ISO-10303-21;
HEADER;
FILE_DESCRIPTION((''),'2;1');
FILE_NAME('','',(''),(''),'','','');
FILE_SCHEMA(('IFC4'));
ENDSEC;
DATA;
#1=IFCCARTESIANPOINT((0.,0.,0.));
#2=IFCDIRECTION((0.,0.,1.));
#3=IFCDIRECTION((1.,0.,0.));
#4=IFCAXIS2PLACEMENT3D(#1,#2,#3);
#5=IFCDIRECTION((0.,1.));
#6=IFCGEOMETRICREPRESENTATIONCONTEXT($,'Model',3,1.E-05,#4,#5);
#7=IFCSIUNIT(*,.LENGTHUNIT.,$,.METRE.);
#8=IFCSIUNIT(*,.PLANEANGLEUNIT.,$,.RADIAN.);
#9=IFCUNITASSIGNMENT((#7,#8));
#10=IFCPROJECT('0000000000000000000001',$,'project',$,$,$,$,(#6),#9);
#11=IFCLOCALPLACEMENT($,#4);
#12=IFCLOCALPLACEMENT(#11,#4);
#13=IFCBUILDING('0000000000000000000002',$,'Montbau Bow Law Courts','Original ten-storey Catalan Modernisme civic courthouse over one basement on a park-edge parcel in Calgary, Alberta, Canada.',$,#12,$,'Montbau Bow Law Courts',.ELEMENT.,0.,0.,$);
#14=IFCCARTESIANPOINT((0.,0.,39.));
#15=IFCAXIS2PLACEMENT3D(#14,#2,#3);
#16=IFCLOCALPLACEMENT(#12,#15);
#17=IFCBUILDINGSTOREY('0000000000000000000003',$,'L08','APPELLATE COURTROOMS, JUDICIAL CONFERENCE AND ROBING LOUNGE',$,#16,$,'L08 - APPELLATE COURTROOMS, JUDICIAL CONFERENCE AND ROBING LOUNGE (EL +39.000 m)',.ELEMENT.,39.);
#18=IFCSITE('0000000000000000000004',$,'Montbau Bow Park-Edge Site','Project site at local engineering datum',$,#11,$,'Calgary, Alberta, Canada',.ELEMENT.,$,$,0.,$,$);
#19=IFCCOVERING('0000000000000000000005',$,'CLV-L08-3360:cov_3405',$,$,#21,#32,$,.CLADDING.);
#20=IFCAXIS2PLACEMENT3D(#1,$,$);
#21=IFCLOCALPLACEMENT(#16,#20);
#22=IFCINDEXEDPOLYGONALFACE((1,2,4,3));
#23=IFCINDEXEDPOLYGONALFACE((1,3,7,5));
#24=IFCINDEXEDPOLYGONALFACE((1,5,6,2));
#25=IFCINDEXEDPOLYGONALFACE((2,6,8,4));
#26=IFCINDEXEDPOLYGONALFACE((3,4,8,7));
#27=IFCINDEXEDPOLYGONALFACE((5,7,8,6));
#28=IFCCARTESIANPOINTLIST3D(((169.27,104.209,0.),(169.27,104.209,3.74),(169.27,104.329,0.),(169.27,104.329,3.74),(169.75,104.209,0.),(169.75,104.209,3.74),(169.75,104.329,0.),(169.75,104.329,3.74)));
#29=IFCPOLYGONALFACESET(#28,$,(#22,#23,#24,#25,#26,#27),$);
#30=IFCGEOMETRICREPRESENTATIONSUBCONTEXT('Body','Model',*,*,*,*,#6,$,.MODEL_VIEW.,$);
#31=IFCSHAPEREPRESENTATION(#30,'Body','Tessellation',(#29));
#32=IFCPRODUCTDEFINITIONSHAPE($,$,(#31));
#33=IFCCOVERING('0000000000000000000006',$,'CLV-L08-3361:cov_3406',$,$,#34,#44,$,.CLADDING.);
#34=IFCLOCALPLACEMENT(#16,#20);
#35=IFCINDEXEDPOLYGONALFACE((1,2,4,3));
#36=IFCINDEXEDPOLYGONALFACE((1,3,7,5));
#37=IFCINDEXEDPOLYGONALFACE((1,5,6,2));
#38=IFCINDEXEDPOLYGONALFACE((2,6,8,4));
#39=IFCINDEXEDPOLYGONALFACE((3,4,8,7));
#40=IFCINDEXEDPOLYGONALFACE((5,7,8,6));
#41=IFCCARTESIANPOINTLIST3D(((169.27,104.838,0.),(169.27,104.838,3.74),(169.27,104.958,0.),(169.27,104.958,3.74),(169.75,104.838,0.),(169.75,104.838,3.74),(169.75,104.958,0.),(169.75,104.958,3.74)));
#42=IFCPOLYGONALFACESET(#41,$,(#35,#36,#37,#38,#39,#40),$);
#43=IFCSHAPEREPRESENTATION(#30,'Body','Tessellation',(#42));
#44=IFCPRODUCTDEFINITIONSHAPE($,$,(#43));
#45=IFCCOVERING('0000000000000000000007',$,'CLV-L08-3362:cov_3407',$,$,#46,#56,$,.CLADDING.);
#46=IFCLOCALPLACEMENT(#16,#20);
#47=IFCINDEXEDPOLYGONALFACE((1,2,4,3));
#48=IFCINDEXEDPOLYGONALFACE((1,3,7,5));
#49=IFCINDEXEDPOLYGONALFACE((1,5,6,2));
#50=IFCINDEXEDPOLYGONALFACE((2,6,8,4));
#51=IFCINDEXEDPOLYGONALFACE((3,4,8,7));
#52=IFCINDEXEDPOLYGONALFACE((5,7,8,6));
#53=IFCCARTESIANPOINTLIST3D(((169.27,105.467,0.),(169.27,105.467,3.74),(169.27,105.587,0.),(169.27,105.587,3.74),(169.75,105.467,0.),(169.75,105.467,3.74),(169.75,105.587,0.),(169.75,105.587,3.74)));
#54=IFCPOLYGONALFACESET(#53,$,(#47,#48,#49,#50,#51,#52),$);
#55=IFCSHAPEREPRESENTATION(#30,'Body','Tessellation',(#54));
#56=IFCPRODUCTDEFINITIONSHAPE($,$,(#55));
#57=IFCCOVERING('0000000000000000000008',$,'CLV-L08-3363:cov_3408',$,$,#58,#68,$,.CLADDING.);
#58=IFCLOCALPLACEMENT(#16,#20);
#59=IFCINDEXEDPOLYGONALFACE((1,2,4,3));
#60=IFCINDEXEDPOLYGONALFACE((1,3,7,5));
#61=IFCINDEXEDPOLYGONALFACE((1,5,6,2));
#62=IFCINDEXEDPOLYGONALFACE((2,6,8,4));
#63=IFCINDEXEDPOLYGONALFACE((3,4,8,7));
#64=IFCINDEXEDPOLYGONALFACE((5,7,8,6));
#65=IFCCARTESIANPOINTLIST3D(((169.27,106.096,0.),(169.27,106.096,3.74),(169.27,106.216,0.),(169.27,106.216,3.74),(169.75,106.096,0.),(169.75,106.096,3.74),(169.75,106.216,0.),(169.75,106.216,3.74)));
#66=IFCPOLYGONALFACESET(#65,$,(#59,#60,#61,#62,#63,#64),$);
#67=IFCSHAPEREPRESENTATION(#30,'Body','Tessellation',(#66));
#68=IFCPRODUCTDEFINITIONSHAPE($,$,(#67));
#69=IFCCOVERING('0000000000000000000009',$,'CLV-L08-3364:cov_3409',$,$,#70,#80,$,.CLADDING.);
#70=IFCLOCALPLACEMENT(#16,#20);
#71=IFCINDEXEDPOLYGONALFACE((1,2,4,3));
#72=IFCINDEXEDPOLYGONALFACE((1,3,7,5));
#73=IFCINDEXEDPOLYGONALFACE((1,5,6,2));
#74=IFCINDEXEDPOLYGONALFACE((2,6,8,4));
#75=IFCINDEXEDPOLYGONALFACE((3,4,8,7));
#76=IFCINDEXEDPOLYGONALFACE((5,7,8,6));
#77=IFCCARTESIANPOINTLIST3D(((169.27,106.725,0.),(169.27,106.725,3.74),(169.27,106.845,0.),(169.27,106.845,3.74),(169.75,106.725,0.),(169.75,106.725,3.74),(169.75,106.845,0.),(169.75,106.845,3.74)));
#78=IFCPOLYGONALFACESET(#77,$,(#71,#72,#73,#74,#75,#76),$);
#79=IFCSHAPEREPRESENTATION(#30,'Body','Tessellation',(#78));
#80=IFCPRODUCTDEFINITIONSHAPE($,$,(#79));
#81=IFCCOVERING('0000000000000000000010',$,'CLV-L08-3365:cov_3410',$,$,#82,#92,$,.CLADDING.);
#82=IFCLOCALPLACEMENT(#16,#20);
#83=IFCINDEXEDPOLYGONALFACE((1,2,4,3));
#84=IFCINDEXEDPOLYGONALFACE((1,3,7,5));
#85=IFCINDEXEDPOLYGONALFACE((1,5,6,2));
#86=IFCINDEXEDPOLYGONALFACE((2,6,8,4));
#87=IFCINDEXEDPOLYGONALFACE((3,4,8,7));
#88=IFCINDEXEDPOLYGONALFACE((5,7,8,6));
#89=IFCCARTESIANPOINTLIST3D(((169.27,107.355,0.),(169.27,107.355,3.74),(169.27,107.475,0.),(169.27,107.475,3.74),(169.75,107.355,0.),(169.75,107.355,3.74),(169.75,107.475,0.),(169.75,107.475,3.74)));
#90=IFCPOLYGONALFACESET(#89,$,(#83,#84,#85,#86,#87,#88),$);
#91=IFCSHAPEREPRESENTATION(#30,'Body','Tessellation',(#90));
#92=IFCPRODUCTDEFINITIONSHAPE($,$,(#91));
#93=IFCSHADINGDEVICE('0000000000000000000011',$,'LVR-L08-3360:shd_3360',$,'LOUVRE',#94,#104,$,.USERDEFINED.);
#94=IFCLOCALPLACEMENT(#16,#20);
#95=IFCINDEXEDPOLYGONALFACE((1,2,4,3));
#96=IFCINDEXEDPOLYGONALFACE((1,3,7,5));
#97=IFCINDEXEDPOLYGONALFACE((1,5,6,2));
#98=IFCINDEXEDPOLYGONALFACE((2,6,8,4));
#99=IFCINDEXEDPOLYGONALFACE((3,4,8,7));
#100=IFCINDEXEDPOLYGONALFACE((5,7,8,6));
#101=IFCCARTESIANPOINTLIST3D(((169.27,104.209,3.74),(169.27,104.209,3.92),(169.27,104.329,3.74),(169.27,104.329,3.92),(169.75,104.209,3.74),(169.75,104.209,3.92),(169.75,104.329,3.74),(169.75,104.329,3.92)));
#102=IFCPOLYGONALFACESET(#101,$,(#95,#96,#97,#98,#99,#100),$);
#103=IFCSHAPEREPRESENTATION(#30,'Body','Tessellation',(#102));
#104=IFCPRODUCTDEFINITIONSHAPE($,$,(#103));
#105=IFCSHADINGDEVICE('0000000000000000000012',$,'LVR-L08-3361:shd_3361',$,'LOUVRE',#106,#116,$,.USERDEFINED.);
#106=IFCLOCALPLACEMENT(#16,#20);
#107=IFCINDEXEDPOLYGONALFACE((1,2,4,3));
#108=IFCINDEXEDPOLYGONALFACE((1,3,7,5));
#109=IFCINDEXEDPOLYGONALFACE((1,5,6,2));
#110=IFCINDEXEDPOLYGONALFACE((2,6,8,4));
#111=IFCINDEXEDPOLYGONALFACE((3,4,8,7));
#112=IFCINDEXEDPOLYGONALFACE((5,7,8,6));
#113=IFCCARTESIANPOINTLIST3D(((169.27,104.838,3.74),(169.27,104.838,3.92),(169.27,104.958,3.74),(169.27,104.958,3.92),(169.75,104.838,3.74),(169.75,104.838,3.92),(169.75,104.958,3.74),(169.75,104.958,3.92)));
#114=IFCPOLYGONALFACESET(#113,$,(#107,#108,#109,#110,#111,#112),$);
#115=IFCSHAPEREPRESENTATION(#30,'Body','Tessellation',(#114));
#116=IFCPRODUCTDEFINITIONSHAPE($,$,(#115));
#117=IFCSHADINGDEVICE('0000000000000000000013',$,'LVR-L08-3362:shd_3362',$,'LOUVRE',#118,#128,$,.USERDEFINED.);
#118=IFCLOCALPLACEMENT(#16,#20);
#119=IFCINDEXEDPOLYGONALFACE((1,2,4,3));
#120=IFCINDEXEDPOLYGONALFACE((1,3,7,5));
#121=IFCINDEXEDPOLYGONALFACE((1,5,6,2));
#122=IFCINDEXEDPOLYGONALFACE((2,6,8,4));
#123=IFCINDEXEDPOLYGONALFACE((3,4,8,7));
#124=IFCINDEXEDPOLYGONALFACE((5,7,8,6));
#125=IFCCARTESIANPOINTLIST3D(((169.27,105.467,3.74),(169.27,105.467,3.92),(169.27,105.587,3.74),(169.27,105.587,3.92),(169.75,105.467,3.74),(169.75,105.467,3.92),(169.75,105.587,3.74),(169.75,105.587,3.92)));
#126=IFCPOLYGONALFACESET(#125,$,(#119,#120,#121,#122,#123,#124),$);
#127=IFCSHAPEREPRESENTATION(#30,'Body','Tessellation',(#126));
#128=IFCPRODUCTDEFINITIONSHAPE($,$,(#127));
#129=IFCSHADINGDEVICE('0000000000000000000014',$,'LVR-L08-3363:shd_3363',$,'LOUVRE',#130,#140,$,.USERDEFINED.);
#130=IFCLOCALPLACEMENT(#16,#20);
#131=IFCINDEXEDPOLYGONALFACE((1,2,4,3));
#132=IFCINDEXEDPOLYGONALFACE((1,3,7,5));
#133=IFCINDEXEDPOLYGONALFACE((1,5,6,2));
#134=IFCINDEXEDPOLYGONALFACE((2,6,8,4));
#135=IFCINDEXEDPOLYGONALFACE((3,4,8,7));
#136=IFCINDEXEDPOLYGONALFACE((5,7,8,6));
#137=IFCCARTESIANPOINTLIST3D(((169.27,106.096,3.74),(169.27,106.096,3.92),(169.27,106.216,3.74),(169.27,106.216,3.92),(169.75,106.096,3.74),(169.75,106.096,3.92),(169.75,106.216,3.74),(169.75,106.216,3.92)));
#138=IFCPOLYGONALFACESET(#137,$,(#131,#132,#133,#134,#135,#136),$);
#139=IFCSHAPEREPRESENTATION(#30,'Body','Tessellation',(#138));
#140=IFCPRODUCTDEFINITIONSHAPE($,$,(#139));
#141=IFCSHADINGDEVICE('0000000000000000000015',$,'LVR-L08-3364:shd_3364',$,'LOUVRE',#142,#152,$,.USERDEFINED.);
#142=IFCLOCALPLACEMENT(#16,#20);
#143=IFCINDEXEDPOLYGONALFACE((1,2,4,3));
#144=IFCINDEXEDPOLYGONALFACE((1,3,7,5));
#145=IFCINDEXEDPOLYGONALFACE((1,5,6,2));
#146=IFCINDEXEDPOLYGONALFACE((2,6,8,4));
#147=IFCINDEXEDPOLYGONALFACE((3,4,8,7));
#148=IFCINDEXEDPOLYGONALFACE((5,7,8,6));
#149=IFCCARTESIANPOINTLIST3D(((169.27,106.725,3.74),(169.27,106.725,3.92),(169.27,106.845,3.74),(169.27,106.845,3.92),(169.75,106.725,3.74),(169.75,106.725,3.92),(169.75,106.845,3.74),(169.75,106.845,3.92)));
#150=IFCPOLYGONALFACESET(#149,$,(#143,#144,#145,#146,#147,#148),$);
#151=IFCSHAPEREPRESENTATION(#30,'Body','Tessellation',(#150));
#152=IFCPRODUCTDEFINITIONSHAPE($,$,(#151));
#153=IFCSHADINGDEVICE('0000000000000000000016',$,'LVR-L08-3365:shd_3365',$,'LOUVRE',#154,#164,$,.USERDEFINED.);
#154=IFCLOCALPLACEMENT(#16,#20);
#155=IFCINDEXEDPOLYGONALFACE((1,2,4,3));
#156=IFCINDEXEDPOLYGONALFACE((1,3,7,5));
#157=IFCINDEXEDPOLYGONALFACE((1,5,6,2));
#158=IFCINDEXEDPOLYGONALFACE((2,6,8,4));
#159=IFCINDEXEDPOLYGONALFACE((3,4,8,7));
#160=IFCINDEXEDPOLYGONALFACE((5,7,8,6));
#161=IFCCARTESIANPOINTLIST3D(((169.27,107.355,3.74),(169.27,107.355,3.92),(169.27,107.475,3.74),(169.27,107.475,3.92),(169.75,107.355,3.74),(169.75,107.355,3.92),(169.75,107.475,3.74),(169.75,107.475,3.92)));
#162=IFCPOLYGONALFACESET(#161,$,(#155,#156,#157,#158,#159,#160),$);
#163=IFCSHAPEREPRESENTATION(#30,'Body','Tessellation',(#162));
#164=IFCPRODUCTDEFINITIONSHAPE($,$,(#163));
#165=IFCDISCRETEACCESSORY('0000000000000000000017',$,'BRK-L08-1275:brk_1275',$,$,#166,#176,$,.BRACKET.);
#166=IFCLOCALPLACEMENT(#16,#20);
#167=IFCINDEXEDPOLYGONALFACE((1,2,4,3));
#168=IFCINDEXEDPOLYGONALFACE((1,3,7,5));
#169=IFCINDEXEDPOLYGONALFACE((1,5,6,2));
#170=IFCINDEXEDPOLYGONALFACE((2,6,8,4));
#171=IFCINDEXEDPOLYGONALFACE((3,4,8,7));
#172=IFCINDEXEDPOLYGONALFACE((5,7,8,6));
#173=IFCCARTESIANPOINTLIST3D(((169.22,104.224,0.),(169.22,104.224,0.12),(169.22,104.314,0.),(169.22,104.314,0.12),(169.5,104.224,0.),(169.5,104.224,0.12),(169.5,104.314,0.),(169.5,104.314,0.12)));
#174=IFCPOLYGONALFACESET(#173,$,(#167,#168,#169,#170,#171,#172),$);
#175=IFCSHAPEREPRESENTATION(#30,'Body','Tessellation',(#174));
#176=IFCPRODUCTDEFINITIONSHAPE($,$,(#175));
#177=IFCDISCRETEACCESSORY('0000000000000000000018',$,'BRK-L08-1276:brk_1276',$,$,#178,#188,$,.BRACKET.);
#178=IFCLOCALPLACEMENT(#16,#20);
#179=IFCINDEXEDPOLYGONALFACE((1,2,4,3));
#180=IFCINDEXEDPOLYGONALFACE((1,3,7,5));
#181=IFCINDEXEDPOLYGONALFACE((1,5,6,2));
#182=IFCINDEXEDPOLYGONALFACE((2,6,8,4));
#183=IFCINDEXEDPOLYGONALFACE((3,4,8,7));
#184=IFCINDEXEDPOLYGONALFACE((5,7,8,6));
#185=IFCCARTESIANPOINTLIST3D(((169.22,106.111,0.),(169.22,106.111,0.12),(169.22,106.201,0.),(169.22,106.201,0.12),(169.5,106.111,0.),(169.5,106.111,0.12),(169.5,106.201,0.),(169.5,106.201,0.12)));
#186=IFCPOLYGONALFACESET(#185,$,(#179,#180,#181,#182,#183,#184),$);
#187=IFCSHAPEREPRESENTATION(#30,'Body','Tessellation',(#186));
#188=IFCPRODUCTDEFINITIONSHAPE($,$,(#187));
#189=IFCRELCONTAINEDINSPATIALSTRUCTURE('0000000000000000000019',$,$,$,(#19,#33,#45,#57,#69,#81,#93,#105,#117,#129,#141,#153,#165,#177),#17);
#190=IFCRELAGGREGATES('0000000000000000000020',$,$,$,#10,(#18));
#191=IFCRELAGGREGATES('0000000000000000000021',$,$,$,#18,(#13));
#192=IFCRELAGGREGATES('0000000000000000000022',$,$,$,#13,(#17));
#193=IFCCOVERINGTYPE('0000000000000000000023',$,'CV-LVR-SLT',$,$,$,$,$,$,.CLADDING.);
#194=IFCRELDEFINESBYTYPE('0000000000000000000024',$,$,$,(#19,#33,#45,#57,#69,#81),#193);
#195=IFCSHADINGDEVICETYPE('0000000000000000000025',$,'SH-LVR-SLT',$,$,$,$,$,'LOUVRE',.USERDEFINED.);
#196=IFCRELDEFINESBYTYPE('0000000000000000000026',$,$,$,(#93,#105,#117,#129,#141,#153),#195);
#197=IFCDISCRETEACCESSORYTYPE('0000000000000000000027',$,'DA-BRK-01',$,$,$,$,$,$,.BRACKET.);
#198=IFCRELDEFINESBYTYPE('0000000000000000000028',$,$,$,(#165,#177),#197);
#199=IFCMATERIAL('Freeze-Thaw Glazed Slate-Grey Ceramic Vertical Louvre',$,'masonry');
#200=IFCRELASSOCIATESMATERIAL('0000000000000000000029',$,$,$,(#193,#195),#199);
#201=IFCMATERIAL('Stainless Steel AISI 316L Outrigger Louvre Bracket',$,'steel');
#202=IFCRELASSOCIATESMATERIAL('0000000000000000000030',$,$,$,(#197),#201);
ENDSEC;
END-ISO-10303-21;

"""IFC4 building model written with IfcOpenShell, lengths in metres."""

from ifc_helpers import new_model, si_unit, direction, frame, frame_2d, origin_with_axes, origin_2d_with_axis, place, context, subcontext, project, spatial, rectangle, extrude, material, type_object, element, save


model = new_model("IFC4")

# Units and contexts
model_context = context("Model", 3, precision=1e-05, world=origin_with_axes(), true_north=direction((0.0, 1.0)))
body_context = subcontext(model_context, "Body", "Model", "MODEL_VIEW")
ifc_project = project(units=[si_unit("LENGTHUNIT", "METRE"), si_unit("PLANEANGLEUNIT", "RADIAN")], contexts=[model_context])

# Site, building, storey
site_placement = place(None, origin_with_axes())
site = spatial("IfcSite", under=ifc_project, at=site_placement, Name="Montbau Bow Park-Edge Site", Description="Project site at local engineering datum", LongName="Calgary, Alberta, Canada", CompositionType="ELEMENT", RefElevation=0.0)
building_placement = place(site_placement, origin_with_axes())
building = spatial("IfcBuilding", under=site, at=building_placement, Name="Montbau Bow Law Courts", Description="Original ten-storey Catalan Modernisme civic courthouse over one basement on a park-edge parcel in Calgary, Alberta, Canada.", LongName="Montbau Bow Law Courts", CompositionType="ELEMENT", ElevationOfRefHeight=0.0, ElevationOfTerrain=0.0)
storey_placement = place(building_placement, frame((0.0, 0.0, 39.0), z_axis=(0.0, 0.0, 1.0), x_axis=(1.0, 0.0, 0.0)))
storey = spatial("IfcBuildingStorey", under=building, at=storey_placement, Name="L08", Description="APPELLATE COURTROOMS, JUDICIAL CONFERENCE AND ROBING LOUNGE", LongName="L08 - APPELLATE COURTROOMS, JUDICIAL CONFERENCE AND ROBING LOUNGE (EL +39.000 m)", CompositionType="ELEMENT", Elevation=39.0)

# Coverings
ifc_material_1 = material(Name="Freeze-Thaw Glazed Slate-Grey Ceramic Vertical Louvre", Category="masonry")
covering_type = type_object("IfcCoveringType", Name="CV-LVR-SLT", PredefinedType="CLADDING", material=ifc_material_1)
for number, where, z_axis, x_axis, name in (
    (1, (169.27, 104.269, 39.0), (0.0, -1.0, 0.0), (1.0, 0.0, 0.0), "CLV-L08-3360:cov_3405"),
    (2, (169.27, 104.898, 39.0), (0.0, -1.0, 0.0), (1.0, 0.0, 0.0), "CLV-L08-3361:cov_3406"),
    (3, (169.27, 105.527, 39.0), (0.0, -1.0, 0.0), (1.0, 0.0, 0.0), "CLV-L08-3362:cov_3407"),
    (4, (169.27, 106.156, 39.0), (0.0, -1.0, 0.0), (1.0, 0.0, 0.0), "CLV-L08-3363:cov_3408"),
    (5, (169.27, 106.785, 39.0), (0.0, -1.0, 0.0), (1.0, 0.0, 0.0), "CLV-L08-3364:cov_3409"),
    (6, (169.27, 107.415, 39.0), (0.0, -1.0, 0.0), (1.0, 0.0, 0.0), "CLV-L08-3365:cov_3410"),
):
    element("IfcCovering", number, at=place(None, frame(where, z_axis=z_axis, x_axis=x_axis)), inside=storey, type_object=covering_type, Name=name, PredefinedType="CLADDING", context=body_context, shape_type="SweptSolid", body=[
        extrude(rectangle(XDim=0.48, YDim=3.74, at=frame_2d((0.24, 1.87), x_axis=(1.0, 0.0))), frame((0.0, 0.0, -0.06), z_axis=(0.0, 0.0, 1.0), x_axis=(1.0, 0.0, 0.0)), (0.0, 0.0, 1.0), 0.12),
    ])

# Shading devices
shading_device_type = type_object("IfcShadingDeviceType", Name="SH-LVR-SLT", ElementType="LOUVRE", PredefinedType="USERDEFINED", material=ifc_material_1)
for number, where, z_axis, x_axis, name in (
    (7, (169.51, 104.269, 42.74), (0.0, 0.0, 1.0), (1.0, 0.0, 0.0), "LVR-L08-3360:shd_3360"),
    (8, (169.51, 104.898, 42.74), (0.0, 0.0, 1.0), (1.0, 0.0, 0.0), "LVR-L08-3361:shd_3361"),
    (9, (169.51, 105.527, 42.74), (0.0, 0.0, 1.0), (1.0, 0.0, 0.0), "LVR-L08-3362:shd_3362"),
    (10, (169.51, 106.156, 42.74), (0.0, 0.0, 1.0), (1.0, 0.0, 0.0), "LVR-L08-3363:shd_3363"),
    (11, (169.51, 106.785, 42.74), (0.0, 0.0, 1.0), (1.0, 0.0, 0.0), "LVR-L08-3364:shd_3364"),
    (12, (169.51, 107.415, 42.74), (0.0, 0.0, 1.0), (1.0, 0.0, 0.0), "LVR-L08-3365:shd_3365"),
):
    element("IfcShadingDevice", number, at=place(None, frame(where, z_axis=z_axis, x_axis=x_axis)), inside=storey, type_object=shading_device_type, Name=name, ObjectType="LOUVRE", PredefinedType="USERDEFINED", context=body_context, shape_type="SweptSolid", body=[
        extrude(rectangle(XDim=0.48, YDim=0.12, at=origin_2d_with_axis()), origin_with_axes(), (0.0, 0.0, 1.0), 0.18),
    ])

# Discrete accessories
ifc_material_2 = material(Name="Stainless Steel AISI 316L Outrigger Louvre Bracket", Category="steel")
discrete_accessory_type = type_object("IfcDiscreteAccessoryType", Name="DA-BRK-01", PredefinedType="BRACKET", material=ifc_material_2)
for number, where, z_axis, x_axis, name in (
    (13, (169.36, 104.269, 39.0), (0.0, 0.0, 1.0), (1.0, 0.0, 0.0), "BRK-L08-1275:brk_1275"),
    (14, (169.36, 106.156, 39.0), (0.0, 0.0, 1.0), (1.0, 0.0, 0.0), "BRK-L08-1276:brk_1276"),
):
    element("IfcDiscreteAccessory", number, at=place(None, frame(where, z_axis=z_axis, x_axis=x_axis)), inside=storey, type_object=discrete_accessory_type, Name=name, PredefinedType="BRACKET", context=body_context, shape_type="SweptSolid", body=[
        extrude(rectangle(XDim=0.28, YDim=0.09, at=origin_2d_with_axis()), origin_with_axes(), (0.0, 0.0, 1.0), 0.12),
    ])

save(model, "model.ifc")
